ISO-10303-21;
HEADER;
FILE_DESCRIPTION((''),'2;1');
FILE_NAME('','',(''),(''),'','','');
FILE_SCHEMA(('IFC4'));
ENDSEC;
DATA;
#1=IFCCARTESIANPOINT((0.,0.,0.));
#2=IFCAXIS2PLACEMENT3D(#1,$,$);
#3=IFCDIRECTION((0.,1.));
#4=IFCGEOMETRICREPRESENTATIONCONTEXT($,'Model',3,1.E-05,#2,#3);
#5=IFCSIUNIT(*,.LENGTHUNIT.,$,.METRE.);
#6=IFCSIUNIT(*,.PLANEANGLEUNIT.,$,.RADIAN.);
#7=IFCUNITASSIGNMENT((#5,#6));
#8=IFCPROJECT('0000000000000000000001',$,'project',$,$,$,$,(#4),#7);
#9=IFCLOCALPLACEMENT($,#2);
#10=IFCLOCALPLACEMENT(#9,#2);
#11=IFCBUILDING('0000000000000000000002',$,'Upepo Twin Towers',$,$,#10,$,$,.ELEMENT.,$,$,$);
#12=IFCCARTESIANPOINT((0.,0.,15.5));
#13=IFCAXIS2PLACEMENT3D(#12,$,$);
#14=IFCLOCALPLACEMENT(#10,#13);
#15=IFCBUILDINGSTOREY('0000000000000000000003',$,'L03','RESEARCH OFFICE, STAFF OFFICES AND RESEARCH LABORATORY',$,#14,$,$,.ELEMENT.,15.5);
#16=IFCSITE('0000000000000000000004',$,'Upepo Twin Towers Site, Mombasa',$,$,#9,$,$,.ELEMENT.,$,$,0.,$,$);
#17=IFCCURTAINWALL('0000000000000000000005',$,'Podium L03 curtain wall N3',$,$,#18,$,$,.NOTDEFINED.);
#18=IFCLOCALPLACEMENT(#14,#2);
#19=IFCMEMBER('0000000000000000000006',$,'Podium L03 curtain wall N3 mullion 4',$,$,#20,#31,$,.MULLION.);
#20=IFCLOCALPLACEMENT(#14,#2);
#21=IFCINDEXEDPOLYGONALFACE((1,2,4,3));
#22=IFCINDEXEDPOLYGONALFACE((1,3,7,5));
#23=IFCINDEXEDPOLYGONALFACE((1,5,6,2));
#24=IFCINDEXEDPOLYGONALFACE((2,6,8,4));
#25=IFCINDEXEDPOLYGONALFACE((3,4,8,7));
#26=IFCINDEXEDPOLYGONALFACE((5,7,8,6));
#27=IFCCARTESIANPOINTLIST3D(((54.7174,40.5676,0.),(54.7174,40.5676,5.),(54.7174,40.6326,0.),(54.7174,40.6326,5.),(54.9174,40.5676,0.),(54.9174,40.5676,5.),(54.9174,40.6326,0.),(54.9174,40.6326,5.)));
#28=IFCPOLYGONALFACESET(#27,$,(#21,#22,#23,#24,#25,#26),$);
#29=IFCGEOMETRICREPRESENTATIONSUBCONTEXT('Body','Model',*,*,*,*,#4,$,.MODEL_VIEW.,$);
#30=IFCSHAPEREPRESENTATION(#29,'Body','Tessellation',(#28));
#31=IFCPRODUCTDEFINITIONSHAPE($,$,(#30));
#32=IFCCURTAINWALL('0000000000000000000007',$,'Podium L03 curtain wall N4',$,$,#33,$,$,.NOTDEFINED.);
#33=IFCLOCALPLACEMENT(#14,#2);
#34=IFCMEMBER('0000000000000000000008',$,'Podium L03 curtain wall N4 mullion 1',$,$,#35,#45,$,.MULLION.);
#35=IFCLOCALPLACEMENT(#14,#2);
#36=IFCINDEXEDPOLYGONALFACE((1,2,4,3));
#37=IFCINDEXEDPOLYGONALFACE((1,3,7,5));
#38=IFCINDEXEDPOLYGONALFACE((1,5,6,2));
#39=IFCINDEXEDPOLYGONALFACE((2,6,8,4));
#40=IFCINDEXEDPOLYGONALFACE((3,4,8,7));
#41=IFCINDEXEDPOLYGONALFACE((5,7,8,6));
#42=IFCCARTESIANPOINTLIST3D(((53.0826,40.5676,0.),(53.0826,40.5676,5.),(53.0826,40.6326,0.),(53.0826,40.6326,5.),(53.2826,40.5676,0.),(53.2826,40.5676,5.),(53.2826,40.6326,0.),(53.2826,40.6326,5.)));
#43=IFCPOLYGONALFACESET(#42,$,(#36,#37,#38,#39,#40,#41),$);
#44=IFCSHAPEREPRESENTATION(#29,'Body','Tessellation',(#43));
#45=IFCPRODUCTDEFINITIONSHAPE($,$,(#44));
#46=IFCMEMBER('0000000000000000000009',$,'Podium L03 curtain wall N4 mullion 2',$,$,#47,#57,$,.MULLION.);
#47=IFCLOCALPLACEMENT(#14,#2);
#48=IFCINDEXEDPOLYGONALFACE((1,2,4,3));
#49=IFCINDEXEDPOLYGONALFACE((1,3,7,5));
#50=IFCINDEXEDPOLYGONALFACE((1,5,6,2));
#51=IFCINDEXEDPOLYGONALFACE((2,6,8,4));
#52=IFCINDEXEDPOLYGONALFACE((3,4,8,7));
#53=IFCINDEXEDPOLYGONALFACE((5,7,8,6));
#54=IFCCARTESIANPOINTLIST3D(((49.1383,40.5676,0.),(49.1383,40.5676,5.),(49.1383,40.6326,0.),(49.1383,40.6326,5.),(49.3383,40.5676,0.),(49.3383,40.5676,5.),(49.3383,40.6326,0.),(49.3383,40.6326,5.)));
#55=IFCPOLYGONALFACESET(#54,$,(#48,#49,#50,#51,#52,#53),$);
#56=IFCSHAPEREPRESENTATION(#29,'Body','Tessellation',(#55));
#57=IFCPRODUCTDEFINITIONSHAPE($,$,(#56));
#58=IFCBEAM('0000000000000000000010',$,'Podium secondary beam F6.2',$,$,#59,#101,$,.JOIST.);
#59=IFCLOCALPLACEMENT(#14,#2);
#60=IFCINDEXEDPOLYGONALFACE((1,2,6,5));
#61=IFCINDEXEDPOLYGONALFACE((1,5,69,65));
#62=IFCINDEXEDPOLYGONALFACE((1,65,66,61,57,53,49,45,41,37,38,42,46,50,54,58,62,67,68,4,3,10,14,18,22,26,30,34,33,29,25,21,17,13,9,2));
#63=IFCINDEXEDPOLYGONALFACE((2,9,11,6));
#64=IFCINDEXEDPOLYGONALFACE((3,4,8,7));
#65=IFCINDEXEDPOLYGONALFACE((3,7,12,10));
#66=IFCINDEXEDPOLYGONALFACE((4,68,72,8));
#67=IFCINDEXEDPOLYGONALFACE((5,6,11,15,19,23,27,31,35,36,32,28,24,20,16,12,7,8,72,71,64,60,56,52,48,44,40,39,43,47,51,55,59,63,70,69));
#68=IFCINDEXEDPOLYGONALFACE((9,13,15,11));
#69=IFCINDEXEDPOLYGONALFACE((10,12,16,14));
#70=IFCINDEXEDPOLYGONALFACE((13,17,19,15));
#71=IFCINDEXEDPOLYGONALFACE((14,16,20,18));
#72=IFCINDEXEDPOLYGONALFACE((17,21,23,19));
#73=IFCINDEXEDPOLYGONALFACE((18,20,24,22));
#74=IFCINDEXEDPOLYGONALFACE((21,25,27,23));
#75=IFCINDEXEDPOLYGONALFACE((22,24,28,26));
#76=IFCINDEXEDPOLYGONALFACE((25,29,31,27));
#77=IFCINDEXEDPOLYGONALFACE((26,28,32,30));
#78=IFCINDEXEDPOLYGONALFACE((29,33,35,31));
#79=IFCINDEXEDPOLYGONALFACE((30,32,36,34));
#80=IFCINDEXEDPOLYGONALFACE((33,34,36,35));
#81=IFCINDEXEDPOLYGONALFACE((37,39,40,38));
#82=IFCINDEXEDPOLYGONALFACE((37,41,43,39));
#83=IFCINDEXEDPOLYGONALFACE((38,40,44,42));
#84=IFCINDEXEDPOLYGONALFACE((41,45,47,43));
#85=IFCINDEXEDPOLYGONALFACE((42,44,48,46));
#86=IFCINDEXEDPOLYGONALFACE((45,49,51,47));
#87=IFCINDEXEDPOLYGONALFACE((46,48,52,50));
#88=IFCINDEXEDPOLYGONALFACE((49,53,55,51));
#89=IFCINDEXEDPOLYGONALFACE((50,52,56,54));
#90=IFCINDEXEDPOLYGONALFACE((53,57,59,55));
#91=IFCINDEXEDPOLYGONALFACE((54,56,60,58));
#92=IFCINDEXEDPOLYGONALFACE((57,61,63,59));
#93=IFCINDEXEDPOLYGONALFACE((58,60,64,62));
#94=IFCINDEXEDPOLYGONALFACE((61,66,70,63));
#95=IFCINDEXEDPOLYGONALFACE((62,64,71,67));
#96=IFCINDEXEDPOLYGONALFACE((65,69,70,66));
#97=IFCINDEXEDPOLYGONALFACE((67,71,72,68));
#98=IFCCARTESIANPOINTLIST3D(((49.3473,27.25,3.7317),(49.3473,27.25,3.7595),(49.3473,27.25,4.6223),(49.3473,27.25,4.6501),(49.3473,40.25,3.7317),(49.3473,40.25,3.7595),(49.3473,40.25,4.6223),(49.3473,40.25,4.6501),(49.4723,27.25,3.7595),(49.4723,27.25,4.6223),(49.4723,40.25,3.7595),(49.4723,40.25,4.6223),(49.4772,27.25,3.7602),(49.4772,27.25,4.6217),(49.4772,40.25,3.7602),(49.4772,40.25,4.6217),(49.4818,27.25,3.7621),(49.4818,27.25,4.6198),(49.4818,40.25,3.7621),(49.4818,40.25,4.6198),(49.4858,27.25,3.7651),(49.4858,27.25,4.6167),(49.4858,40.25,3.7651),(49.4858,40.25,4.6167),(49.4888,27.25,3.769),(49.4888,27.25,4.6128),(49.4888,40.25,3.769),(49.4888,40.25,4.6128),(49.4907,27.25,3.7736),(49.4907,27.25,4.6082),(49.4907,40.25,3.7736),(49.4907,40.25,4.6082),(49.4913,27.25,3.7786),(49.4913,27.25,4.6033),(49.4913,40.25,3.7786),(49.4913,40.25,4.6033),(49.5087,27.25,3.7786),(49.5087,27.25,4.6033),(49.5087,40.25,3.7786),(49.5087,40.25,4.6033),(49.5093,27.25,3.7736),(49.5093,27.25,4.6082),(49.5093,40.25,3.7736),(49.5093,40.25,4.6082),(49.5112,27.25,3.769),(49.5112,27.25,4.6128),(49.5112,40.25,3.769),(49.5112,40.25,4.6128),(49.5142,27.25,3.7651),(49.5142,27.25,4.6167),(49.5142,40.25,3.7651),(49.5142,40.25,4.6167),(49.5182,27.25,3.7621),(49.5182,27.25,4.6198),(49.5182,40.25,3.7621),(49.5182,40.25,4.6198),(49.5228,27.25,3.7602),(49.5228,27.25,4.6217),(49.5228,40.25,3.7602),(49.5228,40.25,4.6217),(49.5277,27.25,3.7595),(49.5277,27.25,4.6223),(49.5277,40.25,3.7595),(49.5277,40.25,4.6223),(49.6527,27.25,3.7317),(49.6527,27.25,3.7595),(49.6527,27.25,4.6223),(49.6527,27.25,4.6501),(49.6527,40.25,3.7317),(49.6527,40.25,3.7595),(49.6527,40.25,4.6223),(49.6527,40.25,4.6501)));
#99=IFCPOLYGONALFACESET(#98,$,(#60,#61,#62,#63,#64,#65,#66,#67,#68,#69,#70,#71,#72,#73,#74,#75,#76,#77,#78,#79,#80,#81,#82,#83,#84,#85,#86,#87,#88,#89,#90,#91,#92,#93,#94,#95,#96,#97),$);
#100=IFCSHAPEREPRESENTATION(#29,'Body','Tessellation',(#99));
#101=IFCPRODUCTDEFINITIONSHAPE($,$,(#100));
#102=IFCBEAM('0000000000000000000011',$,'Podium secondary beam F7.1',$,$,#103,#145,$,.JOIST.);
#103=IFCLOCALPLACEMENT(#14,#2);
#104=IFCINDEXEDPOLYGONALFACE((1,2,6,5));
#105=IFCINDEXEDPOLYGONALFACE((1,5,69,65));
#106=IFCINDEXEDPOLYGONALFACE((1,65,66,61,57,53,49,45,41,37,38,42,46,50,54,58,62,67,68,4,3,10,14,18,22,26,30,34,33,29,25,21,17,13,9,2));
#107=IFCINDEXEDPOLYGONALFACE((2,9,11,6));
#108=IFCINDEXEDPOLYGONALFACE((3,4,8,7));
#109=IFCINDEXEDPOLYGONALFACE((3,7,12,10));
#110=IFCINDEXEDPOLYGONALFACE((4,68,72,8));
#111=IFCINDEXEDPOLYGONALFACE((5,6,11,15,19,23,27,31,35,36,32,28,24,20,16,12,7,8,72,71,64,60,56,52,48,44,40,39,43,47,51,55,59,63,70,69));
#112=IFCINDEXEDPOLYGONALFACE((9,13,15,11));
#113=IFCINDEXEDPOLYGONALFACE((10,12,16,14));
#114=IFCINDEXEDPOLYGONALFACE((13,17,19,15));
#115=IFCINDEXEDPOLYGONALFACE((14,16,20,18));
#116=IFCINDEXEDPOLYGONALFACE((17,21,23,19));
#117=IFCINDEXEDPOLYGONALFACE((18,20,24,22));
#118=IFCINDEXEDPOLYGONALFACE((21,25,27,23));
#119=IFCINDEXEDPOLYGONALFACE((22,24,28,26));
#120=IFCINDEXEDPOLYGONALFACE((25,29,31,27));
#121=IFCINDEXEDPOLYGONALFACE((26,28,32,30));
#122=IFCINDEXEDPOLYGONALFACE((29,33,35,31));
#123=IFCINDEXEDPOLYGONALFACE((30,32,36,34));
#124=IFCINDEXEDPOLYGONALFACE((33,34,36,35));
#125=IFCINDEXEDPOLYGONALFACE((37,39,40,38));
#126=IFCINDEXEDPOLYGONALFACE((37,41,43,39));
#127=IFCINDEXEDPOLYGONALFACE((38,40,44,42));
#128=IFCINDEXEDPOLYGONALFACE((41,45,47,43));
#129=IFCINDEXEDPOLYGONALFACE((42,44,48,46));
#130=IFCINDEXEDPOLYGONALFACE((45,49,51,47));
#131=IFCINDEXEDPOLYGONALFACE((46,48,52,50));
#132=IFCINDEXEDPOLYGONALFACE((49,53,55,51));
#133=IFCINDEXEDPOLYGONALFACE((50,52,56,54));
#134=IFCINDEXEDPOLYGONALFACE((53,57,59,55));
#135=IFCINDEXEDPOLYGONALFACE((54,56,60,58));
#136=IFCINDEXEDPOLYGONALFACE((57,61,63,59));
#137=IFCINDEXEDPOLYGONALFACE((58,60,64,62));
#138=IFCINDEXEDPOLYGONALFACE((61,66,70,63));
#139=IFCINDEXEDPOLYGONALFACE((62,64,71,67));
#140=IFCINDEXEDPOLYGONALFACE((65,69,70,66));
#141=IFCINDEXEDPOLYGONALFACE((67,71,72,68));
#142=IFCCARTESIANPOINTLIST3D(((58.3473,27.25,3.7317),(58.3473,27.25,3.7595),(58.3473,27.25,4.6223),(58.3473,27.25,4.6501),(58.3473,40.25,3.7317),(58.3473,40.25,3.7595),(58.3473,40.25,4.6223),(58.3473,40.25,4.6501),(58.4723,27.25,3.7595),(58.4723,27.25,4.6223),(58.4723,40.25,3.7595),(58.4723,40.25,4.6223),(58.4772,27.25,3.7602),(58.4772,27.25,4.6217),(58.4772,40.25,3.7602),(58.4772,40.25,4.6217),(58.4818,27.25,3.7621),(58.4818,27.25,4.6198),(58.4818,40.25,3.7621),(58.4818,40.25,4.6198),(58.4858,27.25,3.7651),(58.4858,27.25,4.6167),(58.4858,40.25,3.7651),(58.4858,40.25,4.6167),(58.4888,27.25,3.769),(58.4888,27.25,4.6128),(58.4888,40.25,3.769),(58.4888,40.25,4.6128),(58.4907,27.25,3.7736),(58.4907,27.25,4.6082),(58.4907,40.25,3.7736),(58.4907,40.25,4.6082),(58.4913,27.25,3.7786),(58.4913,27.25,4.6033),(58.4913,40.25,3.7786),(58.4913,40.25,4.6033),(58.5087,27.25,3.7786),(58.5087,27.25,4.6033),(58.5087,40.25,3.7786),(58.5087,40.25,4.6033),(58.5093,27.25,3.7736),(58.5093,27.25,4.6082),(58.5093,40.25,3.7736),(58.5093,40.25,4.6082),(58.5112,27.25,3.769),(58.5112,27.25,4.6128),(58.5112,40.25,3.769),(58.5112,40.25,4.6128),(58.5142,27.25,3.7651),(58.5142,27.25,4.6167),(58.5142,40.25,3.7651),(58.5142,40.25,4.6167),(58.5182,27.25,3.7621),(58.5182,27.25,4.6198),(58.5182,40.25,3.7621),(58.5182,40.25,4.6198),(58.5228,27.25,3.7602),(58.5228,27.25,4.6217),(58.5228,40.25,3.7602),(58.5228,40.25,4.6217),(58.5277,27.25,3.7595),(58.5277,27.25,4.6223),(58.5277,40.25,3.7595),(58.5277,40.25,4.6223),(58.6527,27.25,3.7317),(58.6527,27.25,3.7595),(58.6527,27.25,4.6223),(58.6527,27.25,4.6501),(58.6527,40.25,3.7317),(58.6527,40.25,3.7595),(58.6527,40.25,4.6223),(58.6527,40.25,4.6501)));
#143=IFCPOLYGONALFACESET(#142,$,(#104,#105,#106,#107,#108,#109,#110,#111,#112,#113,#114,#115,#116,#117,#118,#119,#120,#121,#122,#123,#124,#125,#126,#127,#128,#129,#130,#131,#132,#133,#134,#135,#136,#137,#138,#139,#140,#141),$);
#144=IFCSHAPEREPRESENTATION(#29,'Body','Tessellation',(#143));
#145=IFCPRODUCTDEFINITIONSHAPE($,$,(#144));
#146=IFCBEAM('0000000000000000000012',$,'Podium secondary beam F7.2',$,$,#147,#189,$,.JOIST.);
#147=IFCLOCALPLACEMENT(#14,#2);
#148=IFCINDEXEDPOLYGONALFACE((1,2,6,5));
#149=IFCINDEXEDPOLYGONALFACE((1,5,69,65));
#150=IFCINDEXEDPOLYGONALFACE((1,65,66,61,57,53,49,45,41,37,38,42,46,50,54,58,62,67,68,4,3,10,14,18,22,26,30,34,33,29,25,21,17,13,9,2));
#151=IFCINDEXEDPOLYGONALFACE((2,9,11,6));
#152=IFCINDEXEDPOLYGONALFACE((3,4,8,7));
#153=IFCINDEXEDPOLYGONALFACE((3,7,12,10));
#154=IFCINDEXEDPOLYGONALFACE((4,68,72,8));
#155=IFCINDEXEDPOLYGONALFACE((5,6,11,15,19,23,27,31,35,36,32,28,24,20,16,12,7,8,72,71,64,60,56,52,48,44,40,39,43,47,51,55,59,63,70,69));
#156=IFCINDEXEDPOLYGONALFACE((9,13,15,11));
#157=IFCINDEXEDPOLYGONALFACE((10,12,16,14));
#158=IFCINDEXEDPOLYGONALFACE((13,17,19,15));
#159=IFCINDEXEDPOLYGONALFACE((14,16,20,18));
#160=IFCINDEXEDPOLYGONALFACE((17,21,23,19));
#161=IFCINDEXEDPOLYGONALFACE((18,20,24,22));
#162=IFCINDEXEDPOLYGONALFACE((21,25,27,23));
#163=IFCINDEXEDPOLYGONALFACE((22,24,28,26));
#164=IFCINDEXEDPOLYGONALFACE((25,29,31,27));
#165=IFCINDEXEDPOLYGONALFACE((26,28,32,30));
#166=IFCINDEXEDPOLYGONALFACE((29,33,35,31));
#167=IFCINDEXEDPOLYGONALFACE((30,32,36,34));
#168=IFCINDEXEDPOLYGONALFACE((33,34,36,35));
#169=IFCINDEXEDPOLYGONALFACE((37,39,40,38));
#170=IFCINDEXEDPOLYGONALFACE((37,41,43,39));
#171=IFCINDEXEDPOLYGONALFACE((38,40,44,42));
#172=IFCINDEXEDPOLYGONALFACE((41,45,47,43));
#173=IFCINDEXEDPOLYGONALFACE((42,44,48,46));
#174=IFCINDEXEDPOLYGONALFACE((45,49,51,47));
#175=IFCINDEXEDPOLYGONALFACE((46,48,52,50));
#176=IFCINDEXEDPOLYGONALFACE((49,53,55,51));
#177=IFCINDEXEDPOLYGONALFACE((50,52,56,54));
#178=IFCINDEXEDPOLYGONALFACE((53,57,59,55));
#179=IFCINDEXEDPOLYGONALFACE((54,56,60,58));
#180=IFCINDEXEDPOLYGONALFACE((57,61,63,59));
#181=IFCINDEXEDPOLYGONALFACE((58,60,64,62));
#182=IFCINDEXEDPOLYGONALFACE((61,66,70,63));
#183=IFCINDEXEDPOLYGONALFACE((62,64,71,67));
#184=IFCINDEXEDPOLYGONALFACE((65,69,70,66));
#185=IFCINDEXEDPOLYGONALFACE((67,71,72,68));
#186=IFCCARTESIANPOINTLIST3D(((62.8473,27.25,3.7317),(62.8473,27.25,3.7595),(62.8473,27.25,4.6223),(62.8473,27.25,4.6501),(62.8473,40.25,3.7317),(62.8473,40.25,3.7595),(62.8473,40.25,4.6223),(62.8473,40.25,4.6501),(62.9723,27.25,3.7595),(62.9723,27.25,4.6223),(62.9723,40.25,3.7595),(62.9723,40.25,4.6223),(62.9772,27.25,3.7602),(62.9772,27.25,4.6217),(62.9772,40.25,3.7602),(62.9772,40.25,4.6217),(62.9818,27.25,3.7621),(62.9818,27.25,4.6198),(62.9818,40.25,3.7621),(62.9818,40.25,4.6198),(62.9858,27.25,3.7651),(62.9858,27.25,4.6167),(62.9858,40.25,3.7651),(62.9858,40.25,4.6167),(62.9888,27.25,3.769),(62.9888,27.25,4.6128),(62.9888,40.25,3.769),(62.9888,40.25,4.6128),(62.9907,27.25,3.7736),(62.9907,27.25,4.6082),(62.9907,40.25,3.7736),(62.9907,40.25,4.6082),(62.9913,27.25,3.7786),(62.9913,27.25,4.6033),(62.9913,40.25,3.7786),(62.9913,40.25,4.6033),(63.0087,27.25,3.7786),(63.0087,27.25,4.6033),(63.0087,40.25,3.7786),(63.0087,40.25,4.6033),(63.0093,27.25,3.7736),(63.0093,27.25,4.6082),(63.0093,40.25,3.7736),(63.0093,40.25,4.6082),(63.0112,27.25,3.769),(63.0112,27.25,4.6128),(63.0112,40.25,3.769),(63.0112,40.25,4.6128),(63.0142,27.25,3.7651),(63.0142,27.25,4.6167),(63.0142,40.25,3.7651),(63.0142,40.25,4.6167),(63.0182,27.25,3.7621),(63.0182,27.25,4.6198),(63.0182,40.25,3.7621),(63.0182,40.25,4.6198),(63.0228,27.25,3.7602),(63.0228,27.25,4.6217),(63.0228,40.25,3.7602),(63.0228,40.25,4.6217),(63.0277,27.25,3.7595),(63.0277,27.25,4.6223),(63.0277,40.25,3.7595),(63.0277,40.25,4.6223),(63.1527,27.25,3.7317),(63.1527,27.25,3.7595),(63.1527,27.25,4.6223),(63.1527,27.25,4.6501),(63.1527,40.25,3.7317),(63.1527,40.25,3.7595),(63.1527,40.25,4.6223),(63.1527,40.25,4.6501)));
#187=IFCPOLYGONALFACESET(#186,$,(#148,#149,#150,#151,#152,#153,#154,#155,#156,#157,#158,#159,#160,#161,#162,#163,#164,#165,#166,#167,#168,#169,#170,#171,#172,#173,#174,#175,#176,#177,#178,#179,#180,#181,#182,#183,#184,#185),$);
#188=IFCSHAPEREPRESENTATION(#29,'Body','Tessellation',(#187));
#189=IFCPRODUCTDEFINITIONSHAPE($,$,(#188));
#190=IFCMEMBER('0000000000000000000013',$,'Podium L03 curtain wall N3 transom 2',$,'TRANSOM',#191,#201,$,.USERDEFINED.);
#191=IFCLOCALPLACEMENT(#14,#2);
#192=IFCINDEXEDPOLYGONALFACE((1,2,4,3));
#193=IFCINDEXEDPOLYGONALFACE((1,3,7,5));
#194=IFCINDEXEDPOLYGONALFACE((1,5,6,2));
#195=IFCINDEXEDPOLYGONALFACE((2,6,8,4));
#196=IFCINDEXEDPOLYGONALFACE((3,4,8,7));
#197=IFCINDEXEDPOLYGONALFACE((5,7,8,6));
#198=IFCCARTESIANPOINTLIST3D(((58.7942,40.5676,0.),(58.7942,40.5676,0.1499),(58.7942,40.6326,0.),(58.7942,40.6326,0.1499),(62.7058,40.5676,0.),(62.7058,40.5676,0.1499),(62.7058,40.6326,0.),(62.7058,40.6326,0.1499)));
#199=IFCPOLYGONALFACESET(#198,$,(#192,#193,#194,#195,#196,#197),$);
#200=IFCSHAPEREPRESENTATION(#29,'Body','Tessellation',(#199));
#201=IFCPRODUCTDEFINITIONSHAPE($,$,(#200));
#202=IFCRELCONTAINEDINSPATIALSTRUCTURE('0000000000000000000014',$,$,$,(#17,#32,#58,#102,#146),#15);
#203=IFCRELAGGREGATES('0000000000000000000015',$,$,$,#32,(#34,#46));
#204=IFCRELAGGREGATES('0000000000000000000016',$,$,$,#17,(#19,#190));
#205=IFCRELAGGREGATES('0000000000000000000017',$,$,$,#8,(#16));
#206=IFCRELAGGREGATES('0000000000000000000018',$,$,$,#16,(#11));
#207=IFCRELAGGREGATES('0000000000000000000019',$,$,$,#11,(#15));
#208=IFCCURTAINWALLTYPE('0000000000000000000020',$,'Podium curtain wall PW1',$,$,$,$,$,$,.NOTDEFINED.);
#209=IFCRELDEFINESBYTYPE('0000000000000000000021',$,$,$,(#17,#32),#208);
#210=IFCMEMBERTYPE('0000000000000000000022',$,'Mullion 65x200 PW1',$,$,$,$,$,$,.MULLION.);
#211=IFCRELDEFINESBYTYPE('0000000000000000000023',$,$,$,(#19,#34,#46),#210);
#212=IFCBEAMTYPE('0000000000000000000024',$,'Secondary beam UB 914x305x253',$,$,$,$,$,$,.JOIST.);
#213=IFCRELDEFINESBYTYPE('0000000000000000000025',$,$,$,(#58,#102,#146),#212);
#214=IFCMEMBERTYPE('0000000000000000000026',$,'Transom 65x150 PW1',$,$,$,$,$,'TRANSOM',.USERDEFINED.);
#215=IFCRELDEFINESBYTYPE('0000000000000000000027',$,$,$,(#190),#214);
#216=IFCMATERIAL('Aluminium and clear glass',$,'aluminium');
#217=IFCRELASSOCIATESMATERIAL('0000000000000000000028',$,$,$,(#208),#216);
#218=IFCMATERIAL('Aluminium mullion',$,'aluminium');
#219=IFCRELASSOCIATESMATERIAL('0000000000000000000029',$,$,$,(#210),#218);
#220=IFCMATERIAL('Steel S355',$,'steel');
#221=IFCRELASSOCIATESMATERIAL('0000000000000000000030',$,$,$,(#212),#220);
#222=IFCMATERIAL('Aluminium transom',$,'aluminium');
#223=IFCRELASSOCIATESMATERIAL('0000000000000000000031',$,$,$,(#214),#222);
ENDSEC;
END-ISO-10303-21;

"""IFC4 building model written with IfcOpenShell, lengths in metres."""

from ifc_helpers import new_model, si_unit, direction, frame, origin, origin_2d, place, context, subcontext, project, spatial, rectangle, i_section, extrude, material, material_profile, profile_set, type_object, element, aggregate, save


model = new_model("IFC4")

# Units and contexts
model_context = context("Model", 3, precision=1e-05, world=origin(), true_north=direction((0.0, 1.0)))
body_context = subcontext(model_context, "Body", "Model", "MODEL_VIEW")
ifc_project = project(units=[si_unit("LENGTHUNIT", "METRE"), si_unit("PLANEANGLEUNIT", "RADIAN")], contexts=[model_context])

# Site, building, storey
site_placement = place(None, origin())
site = spatial("IfcSite", under=ifc_project, at=site_placement, Name="Upepo Twin Towers Site, Mombasa", CompositionType="ELEMENT", RefElevation=0.0)
building_placement = place(site_placement, origin())
building = spatial("IfcBuilding", under=site, at=building_placement, Name="Upepo Twin Towers", CompositionType="ELEMENT")
storey_placement = place(building_placement, frame((0.0, 0.0, 15.5)))
storey = spatial("IfcBuildingStorey", under=building, at=storey_placement, Name="L03", Description="RESEARCH OFFICE, STAFF OFFICES AND RESEARCH LABORATORY", CompositionType="ELEMENT", Elevation=15.5)

# Curtain walls, members
ifc_material_1 = material(Name="Aluminium and clear glass", Category="aluminium")
curtain_wall_type = type_object("IfcCurtainWallType", Name="Podium curtain wall PW1", PredefinedType="NOTDEFINED", material=ifc_material_1)
curtain_wall_1_placement = place(storey_placement, origin())
curtain_wall_1 = element("IfcCurtainWall", 1, at=curtain_wall_1_placement, inside=storey, type_object=curtain_wall_type, Name="Podium L03 curtain wall N3", PredefinedType="NOTDEFINED")
ifc_material_2 = material(Name="Aluminium mullion", Category="aluminium")
ifc_material_profile_1 = material_profile(ifc_material_2, rectangle(XDim=0.0649, YDim=0.2, at=origin_2d()), Name="MULLION 65x200 PODIUM")
ifc_profile_set_1 = profile_set([ifc_material_profile_1], Name="Aluminium mullion")
member_type_1 = type_object("IfcMemberType", Name="Mullion 65x200 PW1", PredefinedType="MULLION", material=ifc_profile_set_1)
member_1_placement = place(storey_placement, frame((54.8174, 40.6001, 0.0), z_axis=(0.0, 0.0, 1.0), x_axis=(0.0, -1.0, 0.0)))
member_1 = element("IfcMember", 2, at=member_1_placement, type_object=member_type_1, Name="Podium L03 curtain wall N3 mullion 4", PredefinedType="MULLION", context=body_context, shape_type="SweptSolid", body=[
    extrude(rectangle(XDim=0.0649, YDim=0.2, at=origin_2d()), origin(), (0.0, 0.0, 1.0), 5.0),
])
curtain_wall_2_placement = place(storey_placement, origin())
curtain_wall_2 = element("IfcCurtainWall", 3, at=curtain_wall_2_placement, inside=storey, type_object=curtain_wall_type, Name="Podium L03 curtain wall N4", PredefinedType="NOTDEFINED")
member_2_placement = place(storey_placement, frame((53.1826, 40.6001, 0.0), z_axis=(0.0, 0.0, 1.0), x_axis=(0.0, -1.0, 0.0)))
member_2 = element("IfcMember", 4, at=member_2_placement, type_object=member_type_1, Name="Podium L03 curtain wall N4 mullion 1", PredefinedType="MULLION", context=body_context, shape_type="SweptSolid", body=[
    extrude(rectangle(XDim=0.0649, YDim=0.2, at=origin_2d()), origin(), (0.0, 0.0, 1.0), 5.0),
])
member_3_placement = place(storey_placement, frame((49.2383, 40.6001, 0.0), z_axis=(0.0, 0.0, 1.0), x_axis=(0.0, -1.0, 0.0)))
member_3 = element("IfcMember", 5, at=member_3_placement, type_object=member_type_1, Name="Podium L03 curtain wall N4 mullion 2", PredefinedType="MULLION", context=body_context, shape_type="SweptSolid", body=[
    extrude(rectangle(XDim=0.0649, YDim=0.2, at=origin_2d()), origin(), (0.0, 0.0, 1.0), 5.0),
])

# Beams
ifc_material_3 = material(Name="Steel S355", Category="steel")
ifc_material_profile_2 = material_profile(ifc_material_3, i_section(OverallWidth=0.3054, OverallDepth=0.9185, WebThickness=0.0173, FlangeThickness=0.0278, FilletRadius=0.019, at=origin_2d()), Name="UB 914x305x253")
ifc_profile_set_2 = profile_set([ifc_material_profile_2], Name="Steel S355")
beam_type_1 = type_object("IfcBeamType", Name="Secondary beam UB 914x305x253", PredefinedType="JOIST", material=ifc_profile_set_2)
for number, where, z_axis, x_axis, name in (
    (6, (49.5, 27.25, 4.1909), (0.0, 1.0, 0.0), (-1.0, 0.0, 0.0), "Podium secondary beam F6.2"),
    (7, (58.5, 27.25, 4.1909), (0.0, 1.0, 0.0), (-1.0, 0.0, 0.0), "Podium secondary beam F7.1"),
    (8, (63.0, 27.25, 4.1909), (0.0, 1.0, 0.0), (-1.0, 0.0, 0.0), "Podium secondary beam F7.2"),
):
    element("IfcBeam", number, at=place(storey_placement, frame(where, z_axis=z_axis, x_axis=x_axis)), inside=storey, type_object=beam_type_1, Name=name, PredefinedType="JOIST", context=body_context, shape_type="SweptSolid", body=[
        extrude(i_section(OverallWidth=0.3054, OverallDepth=0.9185, WebThickness=0.0173, FlangeThickness=0.0278, FilletRadius=0.019, at=origin_2d()), origin(), (0.0, 0.0, 1.0), 13.0),
    ])

# Member
ifc_material_4 = material(Name="Aluminium transom", Category="aluminium")
ifc_material_profile_3 = material_profile(ifc_material_4, rectangle(XDim=0.0649, YDim=0.1499, at=origin_2d()), Name="TRANSOM 65x150 PODIUM")
ifc_profile_set_3 = profile_set([ifc_material_profile_3], Name="Aluminium transom")
member_type_2 = type_object("IfcMemberType", Name="Transom 65x150 PW1", ElementType="TRANSOM", PredefinedType="USERDEFINED", material=ifc_profile_set_3)
member_4_placement = place(storey_placement, frame((62.7058, 40.6001, 0.075), z_axis=(-1.0, 0.0, 0.0), x_axis=(0.0, -1.0, 0.0)))
member_4 = element("IfcMember", 9, at=member_4_placement, type_object=member_type_2, Name="Podium L03 curtain wall N3 transom 2", ObjectType="TRANSOM", PredefinedType="USERDEFINED", context=body_context, shape_type="SweptSolid", body=[
    extrude(rectangle(XDim=0.0649, YDim=0.1499, at=origin_2d()), origin(), (0.0, 0.0, 1.0), 3.9116),
])

aggregate(curtain_wall_2, [member_2, member_3])
aggregate(curtain_wall_1, [member_1, member_4])

save(model, "model.ifc")
